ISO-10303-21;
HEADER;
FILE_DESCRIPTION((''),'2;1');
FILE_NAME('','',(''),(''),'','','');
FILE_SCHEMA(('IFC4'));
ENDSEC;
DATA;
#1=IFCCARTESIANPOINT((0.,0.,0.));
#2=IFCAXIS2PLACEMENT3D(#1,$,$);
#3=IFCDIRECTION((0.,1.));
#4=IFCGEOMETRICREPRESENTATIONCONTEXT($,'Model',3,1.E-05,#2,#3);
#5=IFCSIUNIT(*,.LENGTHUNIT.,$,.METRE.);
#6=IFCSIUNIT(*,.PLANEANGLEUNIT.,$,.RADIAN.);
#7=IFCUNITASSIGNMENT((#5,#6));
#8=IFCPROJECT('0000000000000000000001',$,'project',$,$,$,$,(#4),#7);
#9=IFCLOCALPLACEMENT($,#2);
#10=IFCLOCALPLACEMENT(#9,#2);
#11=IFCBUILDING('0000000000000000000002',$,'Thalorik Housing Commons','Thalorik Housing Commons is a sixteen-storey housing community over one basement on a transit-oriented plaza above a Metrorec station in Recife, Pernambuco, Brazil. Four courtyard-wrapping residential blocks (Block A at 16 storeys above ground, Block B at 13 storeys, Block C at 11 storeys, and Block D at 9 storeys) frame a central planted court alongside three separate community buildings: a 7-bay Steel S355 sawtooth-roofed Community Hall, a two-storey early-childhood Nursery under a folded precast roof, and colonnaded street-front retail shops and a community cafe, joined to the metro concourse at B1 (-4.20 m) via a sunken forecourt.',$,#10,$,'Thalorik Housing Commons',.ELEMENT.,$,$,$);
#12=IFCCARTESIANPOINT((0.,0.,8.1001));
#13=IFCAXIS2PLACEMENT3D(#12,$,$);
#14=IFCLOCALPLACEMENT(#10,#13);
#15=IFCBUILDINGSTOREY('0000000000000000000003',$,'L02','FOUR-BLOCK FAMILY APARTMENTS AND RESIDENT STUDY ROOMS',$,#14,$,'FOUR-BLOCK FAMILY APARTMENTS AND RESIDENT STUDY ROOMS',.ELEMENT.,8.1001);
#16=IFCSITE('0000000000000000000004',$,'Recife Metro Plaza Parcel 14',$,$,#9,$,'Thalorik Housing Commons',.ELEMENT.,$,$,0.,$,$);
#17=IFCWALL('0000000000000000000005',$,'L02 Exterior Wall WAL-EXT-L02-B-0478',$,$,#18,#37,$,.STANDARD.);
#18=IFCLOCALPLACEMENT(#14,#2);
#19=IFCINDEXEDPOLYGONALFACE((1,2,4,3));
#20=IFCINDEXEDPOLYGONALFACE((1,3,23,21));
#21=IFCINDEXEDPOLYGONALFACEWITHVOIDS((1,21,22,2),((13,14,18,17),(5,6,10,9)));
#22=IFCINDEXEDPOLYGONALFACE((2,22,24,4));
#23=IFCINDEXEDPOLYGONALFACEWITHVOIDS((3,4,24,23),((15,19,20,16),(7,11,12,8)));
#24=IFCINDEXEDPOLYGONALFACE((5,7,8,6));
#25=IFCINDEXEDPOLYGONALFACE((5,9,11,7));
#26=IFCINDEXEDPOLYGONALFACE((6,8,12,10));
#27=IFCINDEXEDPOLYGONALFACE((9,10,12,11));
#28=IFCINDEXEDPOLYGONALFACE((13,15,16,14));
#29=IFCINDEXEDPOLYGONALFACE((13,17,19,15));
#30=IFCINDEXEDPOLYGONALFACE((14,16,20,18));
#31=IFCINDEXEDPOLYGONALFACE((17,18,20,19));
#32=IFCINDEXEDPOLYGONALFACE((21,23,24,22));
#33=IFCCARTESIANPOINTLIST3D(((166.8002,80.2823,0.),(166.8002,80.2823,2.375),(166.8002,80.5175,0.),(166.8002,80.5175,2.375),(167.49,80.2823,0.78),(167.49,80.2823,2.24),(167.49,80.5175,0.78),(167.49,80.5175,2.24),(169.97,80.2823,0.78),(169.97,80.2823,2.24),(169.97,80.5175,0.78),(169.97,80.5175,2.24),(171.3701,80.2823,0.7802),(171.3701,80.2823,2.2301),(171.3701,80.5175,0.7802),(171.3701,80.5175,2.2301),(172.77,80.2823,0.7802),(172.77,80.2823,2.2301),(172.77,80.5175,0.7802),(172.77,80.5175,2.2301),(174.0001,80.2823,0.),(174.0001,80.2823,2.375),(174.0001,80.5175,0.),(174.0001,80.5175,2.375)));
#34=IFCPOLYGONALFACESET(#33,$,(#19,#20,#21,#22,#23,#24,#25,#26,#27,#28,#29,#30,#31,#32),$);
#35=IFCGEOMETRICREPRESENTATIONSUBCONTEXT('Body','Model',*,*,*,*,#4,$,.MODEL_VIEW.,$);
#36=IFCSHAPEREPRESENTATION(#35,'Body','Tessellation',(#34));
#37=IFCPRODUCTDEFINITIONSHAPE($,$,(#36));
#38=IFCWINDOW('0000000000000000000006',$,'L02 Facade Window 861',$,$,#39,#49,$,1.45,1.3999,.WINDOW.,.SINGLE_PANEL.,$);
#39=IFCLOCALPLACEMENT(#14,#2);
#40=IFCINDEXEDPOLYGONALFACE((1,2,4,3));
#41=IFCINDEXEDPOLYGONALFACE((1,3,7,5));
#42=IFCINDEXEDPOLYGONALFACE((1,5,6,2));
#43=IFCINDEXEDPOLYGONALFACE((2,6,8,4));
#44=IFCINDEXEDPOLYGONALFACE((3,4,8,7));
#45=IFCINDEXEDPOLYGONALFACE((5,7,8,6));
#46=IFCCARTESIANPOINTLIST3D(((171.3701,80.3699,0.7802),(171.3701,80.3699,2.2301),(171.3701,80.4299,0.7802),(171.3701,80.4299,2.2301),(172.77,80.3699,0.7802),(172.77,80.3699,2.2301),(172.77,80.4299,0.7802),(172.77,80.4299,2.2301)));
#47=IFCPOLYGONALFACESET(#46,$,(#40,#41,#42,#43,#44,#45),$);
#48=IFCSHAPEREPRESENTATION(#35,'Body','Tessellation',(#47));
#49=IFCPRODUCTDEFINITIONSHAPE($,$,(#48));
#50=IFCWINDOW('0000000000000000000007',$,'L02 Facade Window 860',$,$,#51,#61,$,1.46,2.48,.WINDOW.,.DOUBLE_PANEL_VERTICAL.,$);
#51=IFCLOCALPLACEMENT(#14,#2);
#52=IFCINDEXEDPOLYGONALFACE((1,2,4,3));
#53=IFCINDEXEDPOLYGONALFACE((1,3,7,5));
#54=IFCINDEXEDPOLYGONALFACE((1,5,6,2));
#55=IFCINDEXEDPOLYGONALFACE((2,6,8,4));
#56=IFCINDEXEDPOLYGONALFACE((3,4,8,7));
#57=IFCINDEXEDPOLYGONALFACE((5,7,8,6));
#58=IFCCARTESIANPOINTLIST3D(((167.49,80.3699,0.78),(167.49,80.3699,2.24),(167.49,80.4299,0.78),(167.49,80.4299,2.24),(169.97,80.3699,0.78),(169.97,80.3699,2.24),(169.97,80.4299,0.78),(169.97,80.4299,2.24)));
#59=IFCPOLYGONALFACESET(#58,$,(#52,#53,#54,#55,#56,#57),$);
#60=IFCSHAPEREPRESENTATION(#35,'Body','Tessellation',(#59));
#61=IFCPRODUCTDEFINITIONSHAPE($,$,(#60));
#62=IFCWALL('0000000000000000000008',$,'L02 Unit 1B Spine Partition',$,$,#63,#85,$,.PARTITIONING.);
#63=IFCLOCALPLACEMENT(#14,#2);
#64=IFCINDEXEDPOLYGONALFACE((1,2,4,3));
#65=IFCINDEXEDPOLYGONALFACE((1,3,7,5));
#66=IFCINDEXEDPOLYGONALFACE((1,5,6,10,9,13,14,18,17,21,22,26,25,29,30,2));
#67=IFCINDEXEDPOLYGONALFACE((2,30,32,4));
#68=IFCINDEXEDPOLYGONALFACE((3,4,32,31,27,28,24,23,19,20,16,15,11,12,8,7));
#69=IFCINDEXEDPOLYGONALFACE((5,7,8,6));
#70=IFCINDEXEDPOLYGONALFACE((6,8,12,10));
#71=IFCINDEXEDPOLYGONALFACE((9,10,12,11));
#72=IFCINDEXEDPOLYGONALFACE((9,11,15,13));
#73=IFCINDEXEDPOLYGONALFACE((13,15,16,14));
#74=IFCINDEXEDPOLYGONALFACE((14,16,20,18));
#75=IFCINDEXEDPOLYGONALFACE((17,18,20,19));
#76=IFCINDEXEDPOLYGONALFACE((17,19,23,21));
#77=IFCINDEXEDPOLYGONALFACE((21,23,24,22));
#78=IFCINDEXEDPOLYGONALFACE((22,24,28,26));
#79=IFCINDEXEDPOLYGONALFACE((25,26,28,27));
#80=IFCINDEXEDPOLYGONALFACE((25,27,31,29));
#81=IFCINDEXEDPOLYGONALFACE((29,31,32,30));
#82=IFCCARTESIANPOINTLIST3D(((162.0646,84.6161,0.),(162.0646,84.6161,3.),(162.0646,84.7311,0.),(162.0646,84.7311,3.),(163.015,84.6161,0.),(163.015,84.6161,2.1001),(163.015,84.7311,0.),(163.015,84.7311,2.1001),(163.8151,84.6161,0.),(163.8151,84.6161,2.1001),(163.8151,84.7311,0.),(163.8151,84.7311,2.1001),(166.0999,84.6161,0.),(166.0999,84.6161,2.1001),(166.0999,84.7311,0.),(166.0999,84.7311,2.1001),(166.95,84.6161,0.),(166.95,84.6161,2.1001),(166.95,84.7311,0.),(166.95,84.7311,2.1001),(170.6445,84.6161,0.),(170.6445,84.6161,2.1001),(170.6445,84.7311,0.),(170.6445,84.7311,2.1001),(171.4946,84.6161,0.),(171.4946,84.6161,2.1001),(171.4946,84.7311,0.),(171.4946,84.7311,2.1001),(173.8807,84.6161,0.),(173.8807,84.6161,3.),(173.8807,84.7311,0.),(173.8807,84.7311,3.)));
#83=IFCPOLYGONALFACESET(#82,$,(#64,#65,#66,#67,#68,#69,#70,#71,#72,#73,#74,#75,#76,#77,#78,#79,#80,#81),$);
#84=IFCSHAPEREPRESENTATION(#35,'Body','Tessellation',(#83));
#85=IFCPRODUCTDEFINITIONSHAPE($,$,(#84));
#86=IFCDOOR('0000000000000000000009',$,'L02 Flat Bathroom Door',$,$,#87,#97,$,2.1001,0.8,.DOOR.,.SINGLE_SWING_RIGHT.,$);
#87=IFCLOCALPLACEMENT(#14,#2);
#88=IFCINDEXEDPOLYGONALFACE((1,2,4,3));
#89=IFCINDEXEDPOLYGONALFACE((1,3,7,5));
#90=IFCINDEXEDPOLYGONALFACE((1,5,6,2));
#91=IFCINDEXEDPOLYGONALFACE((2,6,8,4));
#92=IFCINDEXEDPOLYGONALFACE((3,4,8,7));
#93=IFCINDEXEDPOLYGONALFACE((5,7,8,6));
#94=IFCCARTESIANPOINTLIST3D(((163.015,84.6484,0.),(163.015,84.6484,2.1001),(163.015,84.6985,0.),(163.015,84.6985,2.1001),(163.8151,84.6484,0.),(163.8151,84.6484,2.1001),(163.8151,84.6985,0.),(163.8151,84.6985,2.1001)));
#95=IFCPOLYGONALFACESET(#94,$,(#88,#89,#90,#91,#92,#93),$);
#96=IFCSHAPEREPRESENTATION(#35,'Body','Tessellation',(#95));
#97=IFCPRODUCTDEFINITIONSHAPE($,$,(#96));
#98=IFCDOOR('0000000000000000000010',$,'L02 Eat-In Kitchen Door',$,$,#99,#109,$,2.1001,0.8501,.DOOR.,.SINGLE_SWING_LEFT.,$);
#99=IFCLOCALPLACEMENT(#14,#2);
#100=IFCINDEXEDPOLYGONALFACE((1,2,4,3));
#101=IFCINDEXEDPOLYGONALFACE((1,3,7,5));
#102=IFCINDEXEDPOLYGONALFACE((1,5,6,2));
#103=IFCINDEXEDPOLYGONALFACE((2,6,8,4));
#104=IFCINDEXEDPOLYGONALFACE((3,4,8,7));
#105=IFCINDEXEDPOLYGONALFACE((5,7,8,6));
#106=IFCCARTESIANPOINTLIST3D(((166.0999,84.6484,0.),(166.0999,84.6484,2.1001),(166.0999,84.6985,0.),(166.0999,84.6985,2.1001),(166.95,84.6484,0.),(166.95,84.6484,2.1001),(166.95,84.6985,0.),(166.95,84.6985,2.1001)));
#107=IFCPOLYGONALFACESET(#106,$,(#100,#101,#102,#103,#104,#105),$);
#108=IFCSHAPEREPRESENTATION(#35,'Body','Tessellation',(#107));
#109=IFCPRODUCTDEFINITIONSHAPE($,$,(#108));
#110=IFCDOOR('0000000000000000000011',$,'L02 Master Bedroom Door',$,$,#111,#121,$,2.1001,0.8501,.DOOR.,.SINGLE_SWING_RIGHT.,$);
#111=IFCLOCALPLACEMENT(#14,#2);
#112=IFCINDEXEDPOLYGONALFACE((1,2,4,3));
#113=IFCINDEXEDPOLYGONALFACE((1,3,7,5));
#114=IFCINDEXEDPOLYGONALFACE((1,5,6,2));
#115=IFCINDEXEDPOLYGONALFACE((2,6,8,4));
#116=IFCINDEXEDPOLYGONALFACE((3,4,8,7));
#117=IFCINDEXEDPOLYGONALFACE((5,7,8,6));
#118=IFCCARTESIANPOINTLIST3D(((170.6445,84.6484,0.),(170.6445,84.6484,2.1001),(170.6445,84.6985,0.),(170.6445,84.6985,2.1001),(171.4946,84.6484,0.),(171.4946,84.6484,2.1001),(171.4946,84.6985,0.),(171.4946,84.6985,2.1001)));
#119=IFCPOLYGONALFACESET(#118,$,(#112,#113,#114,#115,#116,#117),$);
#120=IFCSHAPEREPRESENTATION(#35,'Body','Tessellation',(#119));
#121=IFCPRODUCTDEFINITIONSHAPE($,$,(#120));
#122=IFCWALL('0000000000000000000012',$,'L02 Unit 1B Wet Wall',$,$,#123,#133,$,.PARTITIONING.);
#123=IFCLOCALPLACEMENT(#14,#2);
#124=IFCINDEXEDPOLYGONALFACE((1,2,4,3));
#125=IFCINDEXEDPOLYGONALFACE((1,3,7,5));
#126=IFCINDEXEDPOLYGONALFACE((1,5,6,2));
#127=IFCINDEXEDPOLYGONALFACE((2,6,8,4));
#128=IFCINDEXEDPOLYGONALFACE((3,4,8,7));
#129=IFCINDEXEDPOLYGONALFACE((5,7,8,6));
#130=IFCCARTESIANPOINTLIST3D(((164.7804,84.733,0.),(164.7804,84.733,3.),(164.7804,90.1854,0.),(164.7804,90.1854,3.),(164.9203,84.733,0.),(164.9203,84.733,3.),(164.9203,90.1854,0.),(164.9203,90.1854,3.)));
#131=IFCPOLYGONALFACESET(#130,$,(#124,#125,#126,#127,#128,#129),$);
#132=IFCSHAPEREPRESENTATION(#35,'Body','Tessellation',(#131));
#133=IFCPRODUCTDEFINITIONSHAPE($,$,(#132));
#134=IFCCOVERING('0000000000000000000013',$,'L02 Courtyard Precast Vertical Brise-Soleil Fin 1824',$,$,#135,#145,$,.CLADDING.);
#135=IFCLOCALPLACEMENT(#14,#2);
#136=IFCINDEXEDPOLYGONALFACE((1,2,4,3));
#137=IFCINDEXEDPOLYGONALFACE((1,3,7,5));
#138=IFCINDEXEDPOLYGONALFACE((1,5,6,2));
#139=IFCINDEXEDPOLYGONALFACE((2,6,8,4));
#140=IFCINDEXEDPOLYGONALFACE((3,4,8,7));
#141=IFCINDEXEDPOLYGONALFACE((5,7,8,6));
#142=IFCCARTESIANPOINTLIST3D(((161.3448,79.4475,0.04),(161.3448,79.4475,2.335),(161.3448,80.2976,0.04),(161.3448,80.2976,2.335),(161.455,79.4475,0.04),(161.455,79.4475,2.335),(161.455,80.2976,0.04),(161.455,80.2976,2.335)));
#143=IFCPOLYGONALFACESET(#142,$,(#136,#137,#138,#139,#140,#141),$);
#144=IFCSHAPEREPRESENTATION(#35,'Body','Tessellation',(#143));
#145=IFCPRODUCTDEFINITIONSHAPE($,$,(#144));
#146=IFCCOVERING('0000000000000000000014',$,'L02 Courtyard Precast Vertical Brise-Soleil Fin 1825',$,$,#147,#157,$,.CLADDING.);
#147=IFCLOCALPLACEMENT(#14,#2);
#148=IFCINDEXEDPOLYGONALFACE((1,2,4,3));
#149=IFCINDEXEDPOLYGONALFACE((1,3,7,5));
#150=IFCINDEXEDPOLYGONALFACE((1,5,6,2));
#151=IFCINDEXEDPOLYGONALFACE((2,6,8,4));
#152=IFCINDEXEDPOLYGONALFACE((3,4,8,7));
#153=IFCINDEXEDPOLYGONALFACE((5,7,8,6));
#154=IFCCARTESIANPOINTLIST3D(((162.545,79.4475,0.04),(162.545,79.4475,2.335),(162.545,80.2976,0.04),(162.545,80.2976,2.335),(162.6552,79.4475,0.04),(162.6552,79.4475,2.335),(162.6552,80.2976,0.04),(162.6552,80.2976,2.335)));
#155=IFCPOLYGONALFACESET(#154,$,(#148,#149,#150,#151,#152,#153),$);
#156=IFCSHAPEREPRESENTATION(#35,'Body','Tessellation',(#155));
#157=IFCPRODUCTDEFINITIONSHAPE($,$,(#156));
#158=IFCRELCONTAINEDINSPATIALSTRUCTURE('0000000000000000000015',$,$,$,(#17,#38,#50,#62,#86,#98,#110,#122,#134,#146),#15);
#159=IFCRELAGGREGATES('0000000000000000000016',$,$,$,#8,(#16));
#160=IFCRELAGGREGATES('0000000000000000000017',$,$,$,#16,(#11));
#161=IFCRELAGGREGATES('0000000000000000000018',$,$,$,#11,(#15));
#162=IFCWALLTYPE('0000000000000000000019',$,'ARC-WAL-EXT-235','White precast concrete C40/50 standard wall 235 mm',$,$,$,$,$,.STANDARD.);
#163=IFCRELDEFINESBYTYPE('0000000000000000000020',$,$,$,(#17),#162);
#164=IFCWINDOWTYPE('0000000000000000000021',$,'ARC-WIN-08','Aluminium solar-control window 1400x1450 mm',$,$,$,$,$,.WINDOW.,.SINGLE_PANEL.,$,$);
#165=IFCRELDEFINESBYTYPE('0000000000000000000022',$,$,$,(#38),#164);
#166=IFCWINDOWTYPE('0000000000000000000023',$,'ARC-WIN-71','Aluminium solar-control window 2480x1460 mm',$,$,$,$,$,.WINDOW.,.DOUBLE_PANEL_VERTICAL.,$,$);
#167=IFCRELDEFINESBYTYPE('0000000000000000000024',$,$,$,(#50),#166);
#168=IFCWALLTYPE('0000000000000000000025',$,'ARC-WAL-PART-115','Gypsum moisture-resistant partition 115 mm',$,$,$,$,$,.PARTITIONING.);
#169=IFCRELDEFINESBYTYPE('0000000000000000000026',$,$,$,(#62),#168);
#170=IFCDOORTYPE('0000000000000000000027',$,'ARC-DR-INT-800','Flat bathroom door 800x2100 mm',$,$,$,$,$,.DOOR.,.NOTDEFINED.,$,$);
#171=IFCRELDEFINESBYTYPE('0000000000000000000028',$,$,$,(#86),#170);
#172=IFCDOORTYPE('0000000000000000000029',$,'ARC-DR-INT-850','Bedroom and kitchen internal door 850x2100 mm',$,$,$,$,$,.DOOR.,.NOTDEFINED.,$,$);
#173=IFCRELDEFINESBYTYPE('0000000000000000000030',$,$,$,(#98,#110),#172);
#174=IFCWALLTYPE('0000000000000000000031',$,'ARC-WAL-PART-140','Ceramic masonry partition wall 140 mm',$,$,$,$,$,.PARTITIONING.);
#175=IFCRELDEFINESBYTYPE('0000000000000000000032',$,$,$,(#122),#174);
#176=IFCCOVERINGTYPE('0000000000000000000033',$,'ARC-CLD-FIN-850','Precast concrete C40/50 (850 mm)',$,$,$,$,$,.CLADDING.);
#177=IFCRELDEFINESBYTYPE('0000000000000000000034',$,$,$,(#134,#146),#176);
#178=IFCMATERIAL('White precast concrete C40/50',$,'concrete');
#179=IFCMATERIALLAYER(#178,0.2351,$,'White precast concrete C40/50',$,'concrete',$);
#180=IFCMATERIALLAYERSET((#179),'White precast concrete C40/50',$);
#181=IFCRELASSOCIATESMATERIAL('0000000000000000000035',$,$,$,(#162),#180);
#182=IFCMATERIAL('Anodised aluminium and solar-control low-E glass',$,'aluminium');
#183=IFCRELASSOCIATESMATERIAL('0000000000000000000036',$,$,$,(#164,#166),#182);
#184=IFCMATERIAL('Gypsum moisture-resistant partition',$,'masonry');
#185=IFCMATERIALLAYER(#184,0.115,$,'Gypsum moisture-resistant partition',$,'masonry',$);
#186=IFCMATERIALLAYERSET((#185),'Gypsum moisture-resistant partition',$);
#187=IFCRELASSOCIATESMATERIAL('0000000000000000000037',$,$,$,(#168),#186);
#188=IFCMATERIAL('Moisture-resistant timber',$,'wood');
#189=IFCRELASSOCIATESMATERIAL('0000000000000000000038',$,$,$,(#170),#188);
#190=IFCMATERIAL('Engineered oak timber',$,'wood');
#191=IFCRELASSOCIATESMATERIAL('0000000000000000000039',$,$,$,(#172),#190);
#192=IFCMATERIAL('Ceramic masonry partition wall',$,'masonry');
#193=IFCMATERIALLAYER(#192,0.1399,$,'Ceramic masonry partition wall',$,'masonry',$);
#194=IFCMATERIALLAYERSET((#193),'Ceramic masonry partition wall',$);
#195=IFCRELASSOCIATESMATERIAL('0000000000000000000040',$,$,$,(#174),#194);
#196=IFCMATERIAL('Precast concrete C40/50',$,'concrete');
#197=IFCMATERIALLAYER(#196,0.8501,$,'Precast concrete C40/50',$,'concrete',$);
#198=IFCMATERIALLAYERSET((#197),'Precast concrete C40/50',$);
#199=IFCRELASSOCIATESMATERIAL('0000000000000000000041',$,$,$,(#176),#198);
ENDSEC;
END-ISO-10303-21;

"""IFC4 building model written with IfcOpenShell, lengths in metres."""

from ifc_helpers import new_model, si_unit, direction, frame, frame_2d, origin, origin_2d, place, context, subcontext, project, spatial, rectangle, extrude, material, layer, layer_set, type_object, element, fill, save


model = new_model("IFC4")

# Units and contexts
model_context = context("Model", 3, precision=1e-05, world=origin(), true_north=direction((0.0, 1.0)))
body_context = subcontext(model_context, "Body", "Model", "MODEL_VIEW")
ifc_project = project(units=[si_unit("LENGTHUNIT", "METRE"), si_unit("PLANEANGLEUNIT", "RADIAN")], contexts=[model_context])

# Site, building, storey
site_placement = place(None, origin())
site = spatial("IfcSite", under=ifc_project, at=site_placement, Name="Recife Metro Plaza Parcel 14", LongName="Thalorik Housing Commons", CompositionType="ELEMENT", RefElevation=0.0)
building_placement = place(site_placement, origin())
building = spatial("IfcBuilding", under=site, at=building_placement, Name="Thalorik Housing Commons", Description="Thalorik Housing Commons is a sixteen-storey housing community over one basement on a transit-oriented plaza above a Metrorec station in Recife, Pernambuco, Brazil. Four courtyard-wrapping residential blocks (Block A at 16 storeys above ground, Block B at 13 storeys, Block C at 11 storeys, and Block D at 9 storeys) frame a central planted court alongside three separate community buildings: a 7-bay Steel S355 sawtooth-roofed Community Hall, a two-storey early-childhood Nursery under a folded precast roof, and colonnaded street-front retail shops and a community cafe, joined to the metro concourse at B1 (-4.20 m) via a sunken forecourt.", LongName="Thalorik Housing Commons", CompositionType="ELEMENT")
storey_placement = place(building_placement, frame((0.0, 0.0, 8.1001)))
storey = spatial("IfcBuildingStorey", under=building, at=storey_placement, Name="L02", Description="FOUR-BLOCK FAMILY APARTMENTS AND RESIDENT STUDY ROOMS", LongName="FOUR-BLOCK FAMILY APARTMENTS AND RESIDENT STUDY ROOMS", CompositionType="ELEMENT", Elevation=8.1001)

# Shared definitions
ifc_material_1 = material(Name="Precast concrete C40/50", Category="concrete")

# Wall, openings, windows
ifc_material_2 = material(Name="White precast concrete C40/50", Category="concrete")
ifc_layer_1 = layer(ifc_material_2, 0.2351, Name="White precast concrete C40/50", Category="concrete")
ifc_layer_set_1 = layer_set([ifc_layer_1], Name="White precast concrete C40/50")
wall_type_1 = type_object("IfcWallType", Name="ARC-WAL-EXT-235", Description="White precast concrete C40/50 standard wall 235 mm", PredefinedType="STANDARD", material=ifc_layer_set_1)
wall_1_placement = place(storey_placement, frame((166.8, 80.3999, 0.0), z_axis=(0.0, 0.0, 1.0), x_axis=(1.0, 0.0, 0.0)))
wall_1 = element("IfcWall", 1, at=wall_1_placement, inside=storey, type_object=wall_type_1, Name="L02 Exterior Wall WAL-EXT-L02-B-0478", PredefinedType="STANDARD", context=body_context, shape_type="SweptSolid", body=[
    extrude(rectangle(XDim=7.2, YDim=0.2351, at=frame_2d((3.6001, 0.0))), origin(), (0.0, 0.0, 1.0), 2.375),
])
opening_1_placement = place(wall_1_placement, frame((0.6899, 0.0, 0.78)))
opening_1 = element("IfcOpeningElement", 2, at=opening_1_placement, cuts=wall_1, PredefinedType="OPENING", context=body_context, shape_type="SweptSolid", body=[
    extrude(rectangle(XDim=2.48, YDim=1.46, at=frame_2d((1.24, 0.73))), frame((0.0, 0.1274, 0.0), z_axis=(0.0, -1.0, 0.0), x_axis=(1.0, 0.0, 0.0)), (0.0, 0.0, 1.0), 0.2551),
])
opening_2_placement = place(wall_1_placement, frame((4.5701, 0.0, 0.78)))
opening_2 = element("IfcOpeningElement", 3, at=opening_2_placement, cuts=wall_1, PredefinedType="OPENING", context=body_context, shape_type="SweptSolid", body=[
    extrude(rectangle(XDim=1.3999, YDim=1.45, at=frame_2d((0.7, 0.7251))), frame((0.0, 0.1274, 0.0), z_axis=(0.0, -1.0, 0.0), x_axis=(1.0, 0.0, 0.0)), (0.0, 0.0, 1.0), 0.2551),
])
ifc_material_3 = material(Name="Anodised aluminium and solar-control low-E glass", Category="aluminium")
window_type_1 = type_object("IfcWindowType", Name="ARC-WIN-08", Description="Aluminium solar-control window 1400x1450 mm", PartitioningType="SINGLE_PANEL", PredefinedType="WINDOW", material=ifc_material_3)
window_1_placement = place(opening_2_placement, origin())
window_1 = element("IfcWindow", 4, at=window_1_placement, inside=storey, type_object=window_type_1, Name="L02 Facade Window 861", OverallHeight=1.45, OverallWidth=1.3999, PartitioningType="SINGLE_PANEL", PredefinedType="WINDOW", context=body_context, shape_type="SweptSolid", body=[
    extrude(rectangle(XDim=1.3999, YDim=1.45, at=frame_2d((0.7, 0.7251))), frame((0.0, 0.03, 0.0), z_axis=(0.0, -1.0, 0.0), x_axis=(1.0, 0.0, 0.0)), (0.0, 0.0, 1.0), 0.0601),
])
fill(opening_2, window_1)
window_type_2 = type_object("IfcWindowType", Name="ARC-WIN-71", Description="Aluminium solar-control window 2480x1460 mm", PartitioningType="DOUBLE_PANEL_VERTICAL", PredefinedType="WINDOW", material=ifc_material_3)
window_2_placement = place(opening_1_placement, origin())
window_2 = element("IfcWindow", 5, at=window_2_placement, inside=storey, type_object=window_type_2, Name="L02 Facade Window 860", OverallHeight=1.46, OverallWidth=2.48, PartitioningType="DOUBLE_PANEL_VERTICAL", PredefinedType="WINDOW", context=body_context, shape_type="SweptSolid", body=[
    extrude(rectangle(XDim=2.48, YDim=1.46, at=frame_2d((1.24, 0.73))), frame((0.0, 0.03, 0.0), z_axis=(0.0, -1.0, 0.0), x_axis=(1.0, 0.0, 0.0)), (0.0, 0.0, 1.0), 0.0601),
])
fill(opening_1, window_2)

# Wall, openings, doors
ifc_material_4 = material(Name="Gypsum moisture-resistant partition", Category="masonry")
ifc_layer_2 = layer(ifc_material_4, 0.115, Name="Gypsum moisture-resistant partition", Category="masonry")
ifc_layer_set_2 = layer_set([ifc_layer_2], Name="Gypsum moisture-resistant partition")
wall_type_2 = type_object("IfcWallType", Name="ARC-WAL-PART-115", Description="Gypsum moisture-resistant partition 115 mm", PredefinedType="PARTITIONING", material=ifc_layer_set_2)
wall_2_placement = place(storey_placement, frame((162.0645, 84.6736, 0.0), z_axis=(0.0, 0.0, 1.0), x_axis=(1.0, 0.0, 0.0)))
wall_2 = element("IfcWall", 6, at=wall_2_placement, inside=storey, type_object=wall_type_2, Name="L02 Unit 1B Spine Partition", PredefinedType="PARTITIONING", context=body_context, shape_type="SweptSolid", body=[
    extrude(rectangle(XDim=11.8162, YDim=0.115, at=frame_2d((5.9082, 0.0))), origin(), (0.0, 0.0, 1.0), 3.0),
])
opening_3_placement = place(wall_2_placement, frame((0.9507, 0.0, 0.0)))
opening_3 = element("IfcOpeningElement", 7, at=opening_3_placement, cuts=wall_2, PredefinedType="OPENING", context=body_context, shape_type="SweptSolid", body=[
    extrude(rectangle(XDim=0.8, YDim=2.1001, at=frame_2d((0.3999, 1.05))), frame((0.0, 0.0674, 0.0), z_axis=(0.0, -1.0, 0.0), x_axis=(1.0, 0.0, 0.0)), (0.0, 0.0, 1.0), 0.135),
])
opening_4_placement = place(wall_2_placement, frame((4.0354, 0.0, 0.0)))
opening_4 = element("IfcOpeningElement", 8, at=opening_4_placement, cuts=wall_2, PredefinedType="OPENING", context=body_context, shape_type="SweptSolid", body=[
    extrude(rectangle(XDim=0.8501, YDim=2.1001, at=frame_2d((0.425, 1.05))), frame((0.0, 0.0674, 0.0), z_axis=(0.0, -1.0, 0.0), x_axis=(1.0, 0.0, 0.0)), (0.0, 0.0, 1.0), 0.135),
])
opening_5_placement = place(wall_2_placement, frame((8.5801, 0.0, 0.0)))
opening_5 = element("IfcOpeningElement", 9, at=opening_5_placement, cuts=wall_2, PredefinedType="OPENING", context=body_context, shape_type="SweptSolid", body=[
    extrude(rectangle(XDim=0.8501, YDim=2.1001, at=frame_2d((0.425, 1.05))), frame((0.0, 0.0674, 0.0), z_axis=(0.0, -1.0, 0.0), x_axis=(1.0, 0.0, 0.0)), (0.0, 0.0, 1.0), 0.135),
])
ifc_material_5 = material(Name="Moisture-resistant timber", Category="wood")
door_type_1 = type_object("IfcDoorType", Name="ARC-DR-INT-800", Description="Flat bathroom door 800x2100 mm", OperationType="NOTDEFINED", PredefinedType="DOOR", material=ifc_material_5)
door_1_placement = place(opening_3_placement, origin())
door_1 = element("IfcDoor", 10, at=door_1_placement, inside=storey, type_object=door_type_1, Name="L02 Flat Bathroom Door", OperationType="SINGLE_SWING_RIGHT", OverallHeight=2.1001, OverallWidth=0.8, PredefinedType="DOOR", context=body_context, shape_type="SweptSolid", body=[
    extrude(rectangle(XDim=0.8, YDim=2.1001, at=frame_2d((0.3999, 1.05))), frame((0.0, 0.0249, 0.0), z_axis=(0.0, -1.0, 0.0), x_axis=(1.0, 0.0, 0.0)), (0.0, 0.0, 1.0), 0.05),
])
fill(opening_3, door_1)
ifc_material_6 = material(Name="Engineered oak timber", Category="wood")
door_type_2 = type_object("IfcDoorType", Name="ARC-DR-INT-850", Description="Bedroom and kitchen internal door 850x2100 mm", OperationType="NOTDEFINED", PredefinedType="DOOR", material=ifc_material_6)
door_2_placement = place(opening_4_placement, origin())
door_2 = element("IfcDoor", 11, at=door_2_placement, inside=storey, type_object=door_type_2, Name="L02 Eat-In Kitchen Door", OperationType="SINGLE_SWING_LEFT", OverallHeight=2.1001, OverallWidth=0.8501, PredefinedType="DOOR", context=body_context, shape_type="SweptSolid", body=[
    extrude(rectangle(XDim=0.8501, YDim=2.1001, at=frame_2d((0.425, 1.05))), frame((0.0, 0.0249, 0.0), z_axis=(0.0, -1.0, 0.0), x_axis=(1.0, 0.0, 0.0)), (0.0, 0.0, 1.0), 0.05),
])
fill(opening_4, door_2)
door_3_placement = place(opening_5_placement, origin())
door_3 = element("IfcDoor", 12, at=door_3_placement, inside=storey, type_object=door_type_2, Name="L02 Master Bedroom Door", OperationType="SINGLE_SWING_RIGHT", OverallHeight=2.1001, OverallWidth=0.8501, PredefinedType="DOOR", context=body_context, shape_type="SweptSolid", body=[
    extrude(rectangle(XDim=0.8501, YDim=2.1001, at=frame_2d((0.425, 1.05))), frame((0.0, 0.0249, 0.0), z_axis=(0.0, -1.0, 0.0), x_axis=(1.0, 0.0, 0.0)), (0.0, 0.0, 1.0), 0.05),
])
fill(opening_5, door_3)

# Wall
ifc_material_7 = material(Name="Ceramic masonry partition wall", Category="masonry")
ifc_layer_3 = layer(ifc_material_7, 0.1399, Name="Ceramic masonry partition wall", Category="masonry")
ifc_layer_set_3 = layer_set([ifc_layer_3], Name="Ceramic masonry partition wall")
wall_type_3 = type_object("IfcWallType", Name="ARC-WAL-PART-140", Description="Ceramic masonry partition wall 140 mm", PredefinedType="PARTITIONING", material=ifc_layer_set_3)
wall_3_placement = place(storey_placement, frame((164.8503, 84.7332, 0.0), z_axis=(0.0, 0.0, 1.0), x_axis=(0.0, 1.0, 0.0)))
element("IfcWall", 13, at=wall_3_placement, inside=storey, type_object=wall_type_3, Name="L02 Unit 1B Wet Wall", PredefinedType="PARTITIONING", context=body_context, shape_type="SweptSolid", body=[
    extrude(rectangle(XDim=5.4524, YDim=0.1399, at=frame_2d((2.7261, 0.0))), origin(), (0.0, 0.0, 1.0), 3.0),
])

# Coverings
ifc_layer_4 = layer(ifc_material_1, 0.8501, Name="Precast concrete C40/50", Category="concrete")
ifc_layer_set_4 = layer_set([ifc_layer_4], Name="Precast concrete C40/50")
covering_type_1 = type_object("IfcCoveringType", Name="ARC-CLD-FIN-850", Description="Precast concrete C40/50 (850 mm)", PredefinedType="CLADDING", material=ifc_layer_set_4)
for number, where, z_axis, x_axis, name in (
    (14, (161.3999, 79.8726, 0.04), (0.0, 0.0, 1.0), (1.0, 0.0, 0.0), "L02 Courtyard Precast Vertical Brise-Soleil Fin 1824"),
    (15, (162.6001, 79.8726, 0.04), (0.0, 0.0, 1.0), (1.0, 0.0, 0.0), "L02 Courtyard Precast Vertical Brise-Soleil Fin 1825"),
):
    element("IfcCovering", number, at=place(storey_placement, frame(where, z_axis=z_axis, x_axis=x_axis)), inside=storey, type_object=covering_type_1, Name=name, PredefinedType="CLADDING", context=body_context, shape_type="SweptSolid", body=[
        extrude(rectangle(XDim=0.1101, YDim=0.8501, at=origin_2d()), origin(), (0.0, 0.0, 1.0), 2.2949),
    ])

save(model, "model.ifc")
